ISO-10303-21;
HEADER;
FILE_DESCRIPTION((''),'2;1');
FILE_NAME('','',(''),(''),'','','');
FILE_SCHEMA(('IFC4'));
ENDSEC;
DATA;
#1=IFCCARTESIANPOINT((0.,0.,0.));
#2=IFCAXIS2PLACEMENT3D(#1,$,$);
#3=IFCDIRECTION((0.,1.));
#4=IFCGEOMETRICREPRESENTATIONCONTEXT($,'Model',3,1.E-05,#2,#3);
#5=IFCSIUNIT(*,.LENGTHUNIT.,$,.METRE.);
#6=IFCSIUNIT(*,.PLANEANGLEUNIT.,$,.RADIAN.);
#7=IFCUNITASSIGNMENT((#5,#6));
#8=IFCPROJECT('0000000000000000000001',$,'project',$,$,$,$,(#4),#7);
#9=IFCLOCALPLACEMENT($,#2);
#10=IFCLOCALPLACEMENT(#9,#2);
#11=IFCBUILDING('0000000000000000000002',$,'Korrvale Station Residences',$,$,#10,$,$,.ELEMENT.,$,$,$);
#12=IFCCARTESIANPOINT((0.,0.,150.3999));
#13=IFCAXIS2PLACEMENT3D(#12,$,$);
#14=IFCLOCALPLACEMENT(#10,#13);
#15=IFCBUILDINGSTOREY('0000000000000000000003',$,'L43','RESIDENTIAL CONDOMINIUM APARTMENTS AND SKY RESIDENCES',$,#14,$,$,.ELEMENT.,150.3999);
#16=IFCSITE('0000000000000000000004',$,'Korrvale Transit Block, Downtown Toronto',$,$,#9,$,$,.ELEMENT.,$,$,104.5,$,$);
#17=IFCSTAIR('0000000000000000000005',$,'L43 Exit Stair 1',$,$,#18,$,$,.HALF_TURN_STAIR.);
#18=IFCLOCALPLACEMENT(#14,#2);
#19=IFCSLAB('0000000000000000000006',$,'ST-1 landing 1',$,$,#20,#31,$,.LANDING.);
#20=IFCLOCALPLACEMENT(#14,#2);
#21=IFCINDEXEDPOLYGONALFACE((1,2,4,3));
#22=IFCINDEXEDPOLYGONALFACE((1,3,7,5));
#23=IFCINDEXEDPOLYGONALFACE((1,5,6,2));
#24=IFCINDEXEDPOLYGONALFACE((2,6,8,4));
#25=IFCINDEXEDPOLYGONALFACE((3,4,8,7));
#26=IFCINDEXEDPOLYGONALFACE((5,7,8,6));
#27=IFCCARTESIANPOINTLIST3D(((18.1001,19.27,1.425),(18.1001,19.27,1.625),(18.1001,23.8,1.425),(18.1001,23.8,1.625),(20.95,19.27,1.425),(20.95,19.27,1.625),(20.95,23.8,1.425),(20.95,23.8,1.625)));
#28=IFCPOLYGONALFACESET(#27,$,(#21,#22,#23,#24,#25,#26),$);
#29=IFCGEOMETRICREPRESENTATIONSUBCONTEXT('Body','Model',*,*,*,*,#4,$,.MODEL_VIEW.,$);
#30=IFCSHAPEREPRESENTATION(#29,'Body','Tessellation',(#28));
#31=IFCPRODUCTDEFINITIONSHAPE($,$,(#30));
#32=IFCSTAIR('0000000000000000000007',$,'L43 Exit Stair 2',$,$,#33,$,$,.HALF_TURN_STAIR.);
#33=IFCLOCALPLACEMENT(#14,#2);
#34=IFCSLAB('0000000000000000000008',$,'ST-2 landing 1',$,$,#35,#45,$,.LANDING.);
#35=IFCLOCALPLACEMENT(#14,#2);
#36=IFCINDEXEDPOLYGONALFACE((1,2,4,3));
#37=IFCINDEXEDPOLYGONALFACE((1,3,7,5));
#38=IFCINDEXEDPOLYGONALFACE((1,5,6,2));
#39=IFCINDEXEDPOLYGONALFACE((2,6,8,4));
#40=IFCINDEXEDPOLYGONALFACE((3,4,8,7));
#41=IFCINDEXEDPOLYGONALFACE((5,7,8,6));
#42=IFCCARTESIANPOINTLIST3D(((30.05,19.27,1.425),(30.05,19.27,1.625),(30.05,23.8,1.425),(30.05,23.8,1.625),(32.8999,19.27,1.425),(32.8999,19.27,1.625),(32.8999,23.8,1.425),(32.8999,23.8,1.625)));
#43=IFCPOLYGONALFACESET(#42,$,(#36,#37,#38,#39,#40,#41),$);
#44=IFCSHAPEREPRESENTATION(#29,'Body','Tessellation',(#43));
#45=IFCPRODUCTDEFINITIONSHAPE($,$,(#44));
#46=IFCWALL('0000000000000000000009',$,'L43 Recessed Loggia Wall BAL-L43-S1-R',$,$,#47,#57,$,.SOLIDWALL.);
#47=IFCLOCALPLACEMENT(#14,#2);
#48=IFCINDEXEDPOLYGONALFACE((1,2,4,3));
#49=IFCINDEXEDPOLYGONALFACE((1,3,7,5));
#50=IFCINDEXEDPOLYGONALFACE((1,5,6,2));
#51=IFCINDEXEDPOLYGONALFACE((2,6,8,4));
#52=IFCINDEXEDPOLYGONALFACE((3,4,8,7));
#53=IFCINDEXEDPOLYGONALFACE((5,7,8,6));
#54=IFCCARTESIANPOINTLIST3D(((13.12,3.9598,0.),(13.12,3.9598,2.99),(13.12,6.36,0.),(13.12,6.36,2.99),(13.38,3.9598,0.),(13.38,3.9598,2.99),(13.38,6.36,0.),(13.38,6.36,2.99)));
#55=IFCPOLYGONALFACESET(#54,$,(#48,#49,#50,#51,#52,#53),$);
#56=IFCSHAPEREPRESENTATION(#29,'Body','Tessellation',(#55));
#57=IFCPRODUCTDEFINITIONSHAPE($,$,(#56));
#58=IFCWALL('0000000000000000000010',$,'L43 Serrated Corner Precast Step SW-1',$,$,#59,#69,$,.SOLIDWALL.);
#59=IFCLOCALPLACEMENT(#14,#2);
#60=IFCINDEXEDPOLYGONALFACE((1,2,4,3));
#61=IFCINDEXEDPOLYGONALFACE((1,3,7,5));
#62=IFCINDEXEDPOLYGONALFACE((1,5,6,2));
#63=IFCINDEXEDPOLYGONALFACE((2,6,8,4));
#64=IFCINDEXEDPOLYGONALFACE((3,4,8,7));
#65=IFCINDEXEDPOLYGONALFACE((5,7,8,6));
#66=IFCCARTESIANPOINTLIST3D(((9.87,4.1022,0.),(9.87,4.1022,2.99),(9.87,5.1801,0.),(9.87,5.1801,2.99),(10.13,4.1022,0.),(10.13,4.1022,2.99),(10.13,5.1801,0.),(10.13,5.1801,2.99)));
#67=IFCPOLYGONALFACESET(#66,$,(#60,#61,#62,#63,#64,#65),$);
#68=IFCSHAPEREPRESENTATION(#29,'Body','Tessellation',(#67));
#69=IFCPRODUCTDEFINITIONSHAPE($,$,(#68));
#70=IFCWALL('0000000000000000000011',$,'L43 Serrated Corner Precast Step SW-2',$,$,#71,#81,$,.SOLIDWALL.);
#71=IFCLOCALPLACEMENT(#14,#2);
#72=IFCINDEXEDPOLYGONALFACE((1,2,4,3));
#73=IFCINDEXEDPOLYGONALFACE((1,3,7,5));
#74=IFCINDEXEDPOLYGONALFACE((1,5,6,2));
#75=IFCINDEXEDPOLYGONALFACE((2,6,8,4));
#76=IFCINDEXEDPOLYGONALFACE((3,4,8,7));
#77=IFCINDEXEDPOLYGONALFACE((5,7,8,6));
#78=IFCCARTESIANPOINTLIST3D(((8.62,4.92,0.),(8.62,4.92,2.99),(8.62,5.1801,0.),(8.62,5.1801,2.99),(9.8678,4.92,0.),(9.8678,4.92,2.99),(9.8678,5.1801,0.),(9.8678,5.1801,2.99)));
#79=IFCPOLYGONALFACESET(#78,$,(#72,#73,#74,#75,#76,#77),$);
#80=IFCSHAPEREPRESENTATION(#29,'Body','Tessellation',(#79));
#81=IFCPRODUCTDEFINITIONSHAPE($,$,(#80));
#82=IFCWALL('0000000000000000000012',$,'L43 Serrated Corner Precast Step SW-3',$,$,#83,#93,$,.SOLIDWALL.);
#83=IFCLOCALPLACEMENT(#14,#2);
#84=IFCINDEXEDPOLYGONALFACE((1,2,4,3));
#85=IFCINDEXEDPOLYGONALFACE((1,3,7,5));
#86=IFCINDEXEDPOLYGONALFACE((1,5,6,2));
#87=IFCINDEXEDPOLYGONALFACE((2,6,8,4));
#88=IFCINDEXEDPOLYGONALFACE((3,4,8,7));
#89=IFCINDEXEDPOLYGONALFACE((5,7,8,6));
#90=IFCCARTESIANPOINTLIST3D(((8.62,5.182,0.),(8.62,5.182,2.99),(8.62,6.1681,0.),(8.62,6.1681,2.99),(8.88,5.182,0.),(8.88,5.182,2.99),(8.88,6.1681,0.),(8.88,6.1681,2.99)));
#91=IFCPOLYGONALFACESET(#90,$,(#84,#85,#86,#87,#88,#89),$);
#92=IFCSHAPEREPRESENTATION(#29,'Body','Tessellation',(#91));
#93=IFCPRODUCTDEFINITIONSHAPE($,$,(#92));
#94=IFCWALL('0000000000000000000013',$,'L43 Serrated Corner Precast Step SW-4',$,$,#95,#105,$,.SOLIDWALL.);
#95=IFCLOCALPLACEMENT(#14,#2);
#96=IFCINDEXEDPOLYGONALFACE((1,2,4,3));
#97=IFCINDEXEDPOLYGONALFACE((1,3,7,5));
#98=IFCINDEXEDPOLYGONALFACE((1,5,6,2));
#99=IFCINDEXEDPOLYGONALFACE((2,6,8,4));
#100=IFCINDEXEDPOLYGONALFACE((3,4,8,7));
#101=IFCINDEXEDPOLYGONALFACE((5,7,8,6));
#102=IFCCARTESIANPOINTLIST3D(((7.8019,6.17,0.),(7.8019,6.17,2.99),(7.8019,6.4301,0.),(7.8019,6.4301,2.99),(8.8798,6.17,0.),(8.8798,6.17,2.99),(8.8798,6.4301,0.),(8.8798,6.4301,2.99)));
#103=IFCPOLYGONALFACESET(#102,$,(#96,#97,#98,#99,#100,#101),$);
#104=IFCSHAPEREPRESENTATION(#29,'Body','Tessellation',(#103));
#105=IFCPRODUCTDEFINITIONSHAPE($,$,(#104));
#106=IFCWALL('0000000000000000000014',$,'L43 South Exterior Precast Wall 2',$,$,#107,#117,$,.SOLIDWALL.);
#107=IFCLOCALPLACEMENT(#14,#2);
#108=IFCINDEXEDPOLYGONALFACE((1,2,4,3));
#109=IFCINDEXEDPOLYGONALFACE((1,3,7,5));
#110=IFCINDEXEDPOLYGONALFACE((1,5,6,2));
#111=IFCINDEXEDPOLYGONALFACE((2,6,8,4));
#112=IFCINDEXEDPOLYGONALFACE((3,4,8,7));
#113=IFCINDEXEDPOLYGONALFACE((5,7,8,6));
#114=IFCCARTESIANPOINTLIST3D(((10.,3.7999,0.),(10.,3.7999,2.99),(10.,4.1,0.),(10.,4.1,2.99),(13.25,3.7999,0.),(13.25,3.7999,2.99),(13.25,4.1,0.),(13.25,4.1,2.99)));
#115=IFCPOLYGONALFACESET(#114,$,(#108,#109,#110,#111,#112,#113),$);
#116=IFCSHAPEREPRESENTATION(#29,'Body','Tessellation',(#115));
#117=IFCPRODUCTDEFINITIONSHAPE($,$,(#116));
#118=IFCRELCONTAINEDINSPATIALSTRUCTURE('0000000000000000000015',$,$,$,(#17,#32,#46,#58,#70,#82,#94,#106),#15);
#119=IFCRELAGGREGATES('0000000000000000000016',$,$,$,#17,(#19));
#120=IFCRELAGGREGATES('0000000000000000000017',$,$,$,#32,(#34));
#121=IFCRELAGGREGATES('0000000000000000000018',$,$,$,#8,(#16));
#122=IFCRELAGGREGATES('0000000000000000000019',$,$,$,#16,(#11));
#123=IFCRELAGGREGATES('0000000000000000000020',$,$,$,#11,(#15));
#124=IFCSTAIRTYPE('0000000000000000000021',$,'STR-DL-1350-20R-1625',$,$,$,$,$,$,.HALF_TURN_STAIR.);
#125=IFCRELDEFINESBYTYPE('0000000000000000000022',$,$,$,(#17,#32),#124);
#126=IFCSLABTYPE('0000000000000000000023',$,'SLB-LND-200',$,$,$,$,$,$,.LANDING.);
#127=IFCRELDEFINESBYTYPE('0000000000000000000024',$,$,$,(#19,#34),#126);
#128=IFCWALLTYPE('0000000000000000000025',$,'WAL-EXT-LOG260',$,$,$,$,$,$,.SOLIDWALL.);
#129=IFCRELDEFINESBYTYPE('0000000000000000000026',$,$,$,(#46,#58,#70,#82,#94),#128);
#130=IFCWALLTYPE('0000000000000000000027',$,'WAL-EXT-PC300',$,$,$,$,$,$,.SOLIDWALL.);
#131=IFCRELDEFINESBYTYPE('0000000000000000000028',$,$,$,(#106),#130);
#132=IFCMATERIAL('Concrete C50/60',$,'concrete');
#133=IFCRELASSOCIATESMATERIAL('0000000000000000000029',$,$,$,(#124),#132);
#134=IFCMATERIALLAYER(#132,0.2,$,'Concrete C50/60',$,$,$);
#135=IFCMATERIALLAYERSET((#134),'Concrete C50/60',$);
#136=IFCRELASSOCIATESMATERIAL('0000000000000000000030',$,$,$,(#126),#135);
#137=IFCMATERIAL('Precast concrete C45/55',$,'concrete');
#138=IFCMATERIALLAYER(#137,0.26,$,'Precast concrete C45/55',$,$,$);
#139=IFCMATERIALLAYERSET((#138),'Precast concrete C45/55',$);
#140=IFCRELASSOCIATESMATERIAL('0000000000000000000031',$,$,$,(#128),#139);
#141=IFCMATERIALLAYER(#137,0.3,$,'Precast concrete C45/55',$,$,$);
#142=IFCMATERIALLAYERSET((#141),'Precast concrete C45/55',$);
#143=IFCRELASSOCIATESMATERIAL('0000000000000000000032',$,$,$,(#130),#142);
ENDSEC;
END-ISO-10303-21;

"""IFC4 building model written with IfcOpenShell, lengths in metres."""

from ifc_helpers import new_model, si_unit, direction, frame, frame_2d, origin, place, context, subcontext, project, spatial, polyline, rectangle, outline, extrude, material, layer, layer_set, type_object, element, aggregate, save


model = new_model("IFC4")

# Units and contexts
model_context = context("Model", 3, precision=1e-05, world=origin(), true_north=direction((0.0, 1.0)))
body_context = subcontext(model_context, "Body", "Model", "MODEL_VIEW")
ifc_project = project(units=[si_unit("LENGTHUNIT", "METRE"), si_unit("PLANEANGLEUNIT", "RADIAN")], contexts=[model_context])

# Site, building, storey
site_placement = place(None, origin())
site = spatial("IfcSite", under=ifc_project, at=site_placement, Name="Korrvale Transit Block, Downtown Toronto", CompositionType="ELEMENT", RefElevation=104.5)
building_placement = place(site_placement, origin())
building = spatial("IfcBuilding", under=site, at=building_placement, Name="Korrvale Station Residences", CompositionType="ELEMENT")
storey_placement = place(building_placement, frame((0.0, 0.0, 150.3999)))
storey = spatial("IfcBuildingStorey", under=building, at=storey_placement, Name="L43", Description="RESIDENTIAL CONDOMINIUM APARTMENTS AND SKY RESIDENCES", CompositionType="ELEMENT", Elevation=150.3999)

# Shared definitions
ifc_material_1 = material(Name="Concrete C50/60", Category="concrete")

# Stairs, slabs
stair_type = type_object("IfcStairType", Name="STR-DL-1350-20R-1625", PredefinedType="HALF_TURN_STAIR", material=ifc_material_1)
stair_1_placement = place(storey_placement, origin())
stair_1 = element("IfcStair", 1, at=stair_1_placement, inside=storey, type_object=stair_type, Name="L43 Exit Stair 1", PredefinedType="HALF_TURN_STAIR")
ifc_layer_1 = layer(ifc_material_1, 0.2, Name="Concrete C50/60")
ifc_layer_set_1 = layer_set([ifc_layer_1], Name="Concrete C50/60")
slab_type_1 = type_object("IfcSlabType", Name="SLB-LND-200", PredefinedType="LANDING", material=ifc_layer_set_1)
slab_1_placement = place(storey_placement, frame((0.0, 0.0, 1.425)))
slab_1 = element("IfcSlab", 2, at=slab_1_placement, type_object=slab_type_1, Name="ST-1 landing 1", PredefinedType="LANDING", context=body_context, shape_type="SweptSolid", body=[
    extrude(outline(polyline([(20.95, 19.27), (20.95, 23.8), (18.1001, 23.8), (18.1001, 19.27), (20.95, 19.27)])), origin(), (0.0, 0.0, 1.0), 0.2),
])
aggregate(stair_1, [slab_1])
stair_2_placement = place(storey_placement, origin())
stair_2 = element("IfcStair", 3, at=stair_2_placement, inside=storey, type_object=stair_type, Name="L43 Exit Stair 2", PredefinedType="HALF_TURN_STAIR")
slab_2_placement = place(storey_placement, frame((0.0, 0.0, 1.425)))
slab_2 = element("IfcSlab", 4, at=slab_2_placement, type_object=slab_type_1, Name="ST-2 landing 1", PredefinedType="LANDING", context=body_context, shape_type="SweptSolid", body=[
    extrude(outline(polyline([(32.8999, 19.27), (32.8999, 23.8), (30.05, 23.8), (30.05, 19.27), (32.8999, 19.27)])), origin(), (0.0, 0.0, 1.0), 0.2),
])
aggregate(stair_2, [slab_2])

# Walls
ifc_material_2 = material(Name="Precast concrete C45/55", Category="concrete")
ifc_layer_2 = layer(ifc_material_2, 0.26, Name="Precast concrete C45/55")
ifc_layer_set_2 = layer_set([ifc_layer_2], Name="Precast concrete C45/55")
wall_type_1 = type_object("IfcWallType", Name="WAL-EXT-LOG260", PredefinedType="SOLIDWALL", material=ifc_layer_set_2)
wall_1_placement = place(storey_placement, frame((13.25, 6.3601, 0.0), z_axis=(0.0, 0.0, 1.0), x_axis=(0.0, -1.0, 0.0)))
element("IfcWall", 5, at=wall_1_placement, inside=storey, type_object=wall_type_1, Name="L43 Recessed Loggia Wall BAL-L43-S1-R", PredefinedType="SOLIDWALL", context=body_context, shape_type="SweptSolid", body=[
    extrude(rectangle(XDim=2.4001, YDim=0.26, at=frame_2d((1.2002, 0.0))), origin(), (0.0, 0.0, 1.0), 2.99),
])
wall_2_placement = place(storey_placement, frame((10.0, 4.1021, 0.0), z_axis=(0.0, 0.0, 1.0), x_axis=(0.0, 1.0, 0.0)))
element("IfcWall", 6, at=wall_2_placement, inside=storey, type_object=wall_type_1, Name="L43 Serrated Corner Precast Step SW-1", PredefinedType="SOLIDWALL", context=body_context, shape_type="SweptSolid", body=[
    extrude(rectangle(XDim=1.0779, YDim=0.26, at=frame_2d((0.5391, 0.0))), origin(), (0.0, 0.0, 1.0), 2.99),
])
wall_3_placement = place(storey_placement, frame((9.8679, 5.05, 0.0), z_axis=(0.0, 0.0, 1.0), x_axis=(-1.0, 0.0, 0.0)))
element("IfcWall", 7, at=wall_3_placement, inside=storey, type_object=wall_type_1, Name="L43 Serrated Corner Precast Step SW-2", PredefinedType="SOLIDWALL", context=body_context, shape_type="SweptSolid", body=[
    extrude(rectangle(XDim=1.2478, YDim=0.26, at=frame_2d((0.624, 0.0))), origin(), (0.0, 0.0, 1.0), 2.99),
])
wall_4_placement = place(storey_placement, frame((8.75, 5.1819, 0.0), z_axis=(0.0, 0.0, 1.0), x_axis=(0.0, 1.0, 0.0)))
element("IfcWall", 8, at=wall_4_placement, inside=storey, type_object=wall_type_1, Name="L43 Serrated Corner Precast Step SW-3", PredefinedType="SOLIDWALL", context=body_context, shape_type="SweptSolid", body=[
    extrude(rectangle(XDim=0.9861, YDim=0.26, at=frame_2d((0.4932, 0.0))), origin(), (0.0, 0.0, 1.0), 2.99),
])
wall_5_placement = place(storey_placement, frame((8.8799, 6.3, 0.0), z_axis=(0.0, 0.0, 1.0), x_axis=(-1.0, 0.0, 0.0)))
element("IfcWall", 9, at=wall_5_placement, inside=storey, type_object=wall_type_1, Name="L43 Serrated Corner Precast Step SW-4", PredefinedType="SOLIDWALL", context=body_context, shape_type="SweptSolid", body=[
    extrude(rectangle(XDim=1.0779, YDim=0.26, at=frame_2d((0.5391, 0.0))), origin(), (0.0, 0.0, 1.0), 2.99),
])
ifc_layer_3 = layer(ifc_material_2, 0.3, Name="Precast concrete C45/55")
ifc_layer_set_3 = layer_set([ifc_layer_3], Name="Precast concrete C45/55")
wall_type_2 = type_object("IfcWallType", Name="WAL-EXT-PC300", PredefinedType="SOLIDWALL", material=ifc_layer_set_3)
wall_6_placement = place(storey_placement, frame((13.25, 3.95, 0.0), z_axis=(0.0, 0.0, 1.0), x_axis=(-1.0, 0.0, 0.0)))
element("IfcWall", 10, at=wall_6_placement, inside=storey, type_object=wall_type_2, Name="L43 South Exterior Precast Wall 2", PredefinedType="SOLIDWALL", context=body_context, shape_type="SweptSolid", body=[
    extrude(rectangle(XDim=3.25, YDim=0.3, at=frame_2d((1.625, 0.0))), origin(), (0.0, 0.0, 1.0), 2.99),
])

save(model, "model.ifc")
